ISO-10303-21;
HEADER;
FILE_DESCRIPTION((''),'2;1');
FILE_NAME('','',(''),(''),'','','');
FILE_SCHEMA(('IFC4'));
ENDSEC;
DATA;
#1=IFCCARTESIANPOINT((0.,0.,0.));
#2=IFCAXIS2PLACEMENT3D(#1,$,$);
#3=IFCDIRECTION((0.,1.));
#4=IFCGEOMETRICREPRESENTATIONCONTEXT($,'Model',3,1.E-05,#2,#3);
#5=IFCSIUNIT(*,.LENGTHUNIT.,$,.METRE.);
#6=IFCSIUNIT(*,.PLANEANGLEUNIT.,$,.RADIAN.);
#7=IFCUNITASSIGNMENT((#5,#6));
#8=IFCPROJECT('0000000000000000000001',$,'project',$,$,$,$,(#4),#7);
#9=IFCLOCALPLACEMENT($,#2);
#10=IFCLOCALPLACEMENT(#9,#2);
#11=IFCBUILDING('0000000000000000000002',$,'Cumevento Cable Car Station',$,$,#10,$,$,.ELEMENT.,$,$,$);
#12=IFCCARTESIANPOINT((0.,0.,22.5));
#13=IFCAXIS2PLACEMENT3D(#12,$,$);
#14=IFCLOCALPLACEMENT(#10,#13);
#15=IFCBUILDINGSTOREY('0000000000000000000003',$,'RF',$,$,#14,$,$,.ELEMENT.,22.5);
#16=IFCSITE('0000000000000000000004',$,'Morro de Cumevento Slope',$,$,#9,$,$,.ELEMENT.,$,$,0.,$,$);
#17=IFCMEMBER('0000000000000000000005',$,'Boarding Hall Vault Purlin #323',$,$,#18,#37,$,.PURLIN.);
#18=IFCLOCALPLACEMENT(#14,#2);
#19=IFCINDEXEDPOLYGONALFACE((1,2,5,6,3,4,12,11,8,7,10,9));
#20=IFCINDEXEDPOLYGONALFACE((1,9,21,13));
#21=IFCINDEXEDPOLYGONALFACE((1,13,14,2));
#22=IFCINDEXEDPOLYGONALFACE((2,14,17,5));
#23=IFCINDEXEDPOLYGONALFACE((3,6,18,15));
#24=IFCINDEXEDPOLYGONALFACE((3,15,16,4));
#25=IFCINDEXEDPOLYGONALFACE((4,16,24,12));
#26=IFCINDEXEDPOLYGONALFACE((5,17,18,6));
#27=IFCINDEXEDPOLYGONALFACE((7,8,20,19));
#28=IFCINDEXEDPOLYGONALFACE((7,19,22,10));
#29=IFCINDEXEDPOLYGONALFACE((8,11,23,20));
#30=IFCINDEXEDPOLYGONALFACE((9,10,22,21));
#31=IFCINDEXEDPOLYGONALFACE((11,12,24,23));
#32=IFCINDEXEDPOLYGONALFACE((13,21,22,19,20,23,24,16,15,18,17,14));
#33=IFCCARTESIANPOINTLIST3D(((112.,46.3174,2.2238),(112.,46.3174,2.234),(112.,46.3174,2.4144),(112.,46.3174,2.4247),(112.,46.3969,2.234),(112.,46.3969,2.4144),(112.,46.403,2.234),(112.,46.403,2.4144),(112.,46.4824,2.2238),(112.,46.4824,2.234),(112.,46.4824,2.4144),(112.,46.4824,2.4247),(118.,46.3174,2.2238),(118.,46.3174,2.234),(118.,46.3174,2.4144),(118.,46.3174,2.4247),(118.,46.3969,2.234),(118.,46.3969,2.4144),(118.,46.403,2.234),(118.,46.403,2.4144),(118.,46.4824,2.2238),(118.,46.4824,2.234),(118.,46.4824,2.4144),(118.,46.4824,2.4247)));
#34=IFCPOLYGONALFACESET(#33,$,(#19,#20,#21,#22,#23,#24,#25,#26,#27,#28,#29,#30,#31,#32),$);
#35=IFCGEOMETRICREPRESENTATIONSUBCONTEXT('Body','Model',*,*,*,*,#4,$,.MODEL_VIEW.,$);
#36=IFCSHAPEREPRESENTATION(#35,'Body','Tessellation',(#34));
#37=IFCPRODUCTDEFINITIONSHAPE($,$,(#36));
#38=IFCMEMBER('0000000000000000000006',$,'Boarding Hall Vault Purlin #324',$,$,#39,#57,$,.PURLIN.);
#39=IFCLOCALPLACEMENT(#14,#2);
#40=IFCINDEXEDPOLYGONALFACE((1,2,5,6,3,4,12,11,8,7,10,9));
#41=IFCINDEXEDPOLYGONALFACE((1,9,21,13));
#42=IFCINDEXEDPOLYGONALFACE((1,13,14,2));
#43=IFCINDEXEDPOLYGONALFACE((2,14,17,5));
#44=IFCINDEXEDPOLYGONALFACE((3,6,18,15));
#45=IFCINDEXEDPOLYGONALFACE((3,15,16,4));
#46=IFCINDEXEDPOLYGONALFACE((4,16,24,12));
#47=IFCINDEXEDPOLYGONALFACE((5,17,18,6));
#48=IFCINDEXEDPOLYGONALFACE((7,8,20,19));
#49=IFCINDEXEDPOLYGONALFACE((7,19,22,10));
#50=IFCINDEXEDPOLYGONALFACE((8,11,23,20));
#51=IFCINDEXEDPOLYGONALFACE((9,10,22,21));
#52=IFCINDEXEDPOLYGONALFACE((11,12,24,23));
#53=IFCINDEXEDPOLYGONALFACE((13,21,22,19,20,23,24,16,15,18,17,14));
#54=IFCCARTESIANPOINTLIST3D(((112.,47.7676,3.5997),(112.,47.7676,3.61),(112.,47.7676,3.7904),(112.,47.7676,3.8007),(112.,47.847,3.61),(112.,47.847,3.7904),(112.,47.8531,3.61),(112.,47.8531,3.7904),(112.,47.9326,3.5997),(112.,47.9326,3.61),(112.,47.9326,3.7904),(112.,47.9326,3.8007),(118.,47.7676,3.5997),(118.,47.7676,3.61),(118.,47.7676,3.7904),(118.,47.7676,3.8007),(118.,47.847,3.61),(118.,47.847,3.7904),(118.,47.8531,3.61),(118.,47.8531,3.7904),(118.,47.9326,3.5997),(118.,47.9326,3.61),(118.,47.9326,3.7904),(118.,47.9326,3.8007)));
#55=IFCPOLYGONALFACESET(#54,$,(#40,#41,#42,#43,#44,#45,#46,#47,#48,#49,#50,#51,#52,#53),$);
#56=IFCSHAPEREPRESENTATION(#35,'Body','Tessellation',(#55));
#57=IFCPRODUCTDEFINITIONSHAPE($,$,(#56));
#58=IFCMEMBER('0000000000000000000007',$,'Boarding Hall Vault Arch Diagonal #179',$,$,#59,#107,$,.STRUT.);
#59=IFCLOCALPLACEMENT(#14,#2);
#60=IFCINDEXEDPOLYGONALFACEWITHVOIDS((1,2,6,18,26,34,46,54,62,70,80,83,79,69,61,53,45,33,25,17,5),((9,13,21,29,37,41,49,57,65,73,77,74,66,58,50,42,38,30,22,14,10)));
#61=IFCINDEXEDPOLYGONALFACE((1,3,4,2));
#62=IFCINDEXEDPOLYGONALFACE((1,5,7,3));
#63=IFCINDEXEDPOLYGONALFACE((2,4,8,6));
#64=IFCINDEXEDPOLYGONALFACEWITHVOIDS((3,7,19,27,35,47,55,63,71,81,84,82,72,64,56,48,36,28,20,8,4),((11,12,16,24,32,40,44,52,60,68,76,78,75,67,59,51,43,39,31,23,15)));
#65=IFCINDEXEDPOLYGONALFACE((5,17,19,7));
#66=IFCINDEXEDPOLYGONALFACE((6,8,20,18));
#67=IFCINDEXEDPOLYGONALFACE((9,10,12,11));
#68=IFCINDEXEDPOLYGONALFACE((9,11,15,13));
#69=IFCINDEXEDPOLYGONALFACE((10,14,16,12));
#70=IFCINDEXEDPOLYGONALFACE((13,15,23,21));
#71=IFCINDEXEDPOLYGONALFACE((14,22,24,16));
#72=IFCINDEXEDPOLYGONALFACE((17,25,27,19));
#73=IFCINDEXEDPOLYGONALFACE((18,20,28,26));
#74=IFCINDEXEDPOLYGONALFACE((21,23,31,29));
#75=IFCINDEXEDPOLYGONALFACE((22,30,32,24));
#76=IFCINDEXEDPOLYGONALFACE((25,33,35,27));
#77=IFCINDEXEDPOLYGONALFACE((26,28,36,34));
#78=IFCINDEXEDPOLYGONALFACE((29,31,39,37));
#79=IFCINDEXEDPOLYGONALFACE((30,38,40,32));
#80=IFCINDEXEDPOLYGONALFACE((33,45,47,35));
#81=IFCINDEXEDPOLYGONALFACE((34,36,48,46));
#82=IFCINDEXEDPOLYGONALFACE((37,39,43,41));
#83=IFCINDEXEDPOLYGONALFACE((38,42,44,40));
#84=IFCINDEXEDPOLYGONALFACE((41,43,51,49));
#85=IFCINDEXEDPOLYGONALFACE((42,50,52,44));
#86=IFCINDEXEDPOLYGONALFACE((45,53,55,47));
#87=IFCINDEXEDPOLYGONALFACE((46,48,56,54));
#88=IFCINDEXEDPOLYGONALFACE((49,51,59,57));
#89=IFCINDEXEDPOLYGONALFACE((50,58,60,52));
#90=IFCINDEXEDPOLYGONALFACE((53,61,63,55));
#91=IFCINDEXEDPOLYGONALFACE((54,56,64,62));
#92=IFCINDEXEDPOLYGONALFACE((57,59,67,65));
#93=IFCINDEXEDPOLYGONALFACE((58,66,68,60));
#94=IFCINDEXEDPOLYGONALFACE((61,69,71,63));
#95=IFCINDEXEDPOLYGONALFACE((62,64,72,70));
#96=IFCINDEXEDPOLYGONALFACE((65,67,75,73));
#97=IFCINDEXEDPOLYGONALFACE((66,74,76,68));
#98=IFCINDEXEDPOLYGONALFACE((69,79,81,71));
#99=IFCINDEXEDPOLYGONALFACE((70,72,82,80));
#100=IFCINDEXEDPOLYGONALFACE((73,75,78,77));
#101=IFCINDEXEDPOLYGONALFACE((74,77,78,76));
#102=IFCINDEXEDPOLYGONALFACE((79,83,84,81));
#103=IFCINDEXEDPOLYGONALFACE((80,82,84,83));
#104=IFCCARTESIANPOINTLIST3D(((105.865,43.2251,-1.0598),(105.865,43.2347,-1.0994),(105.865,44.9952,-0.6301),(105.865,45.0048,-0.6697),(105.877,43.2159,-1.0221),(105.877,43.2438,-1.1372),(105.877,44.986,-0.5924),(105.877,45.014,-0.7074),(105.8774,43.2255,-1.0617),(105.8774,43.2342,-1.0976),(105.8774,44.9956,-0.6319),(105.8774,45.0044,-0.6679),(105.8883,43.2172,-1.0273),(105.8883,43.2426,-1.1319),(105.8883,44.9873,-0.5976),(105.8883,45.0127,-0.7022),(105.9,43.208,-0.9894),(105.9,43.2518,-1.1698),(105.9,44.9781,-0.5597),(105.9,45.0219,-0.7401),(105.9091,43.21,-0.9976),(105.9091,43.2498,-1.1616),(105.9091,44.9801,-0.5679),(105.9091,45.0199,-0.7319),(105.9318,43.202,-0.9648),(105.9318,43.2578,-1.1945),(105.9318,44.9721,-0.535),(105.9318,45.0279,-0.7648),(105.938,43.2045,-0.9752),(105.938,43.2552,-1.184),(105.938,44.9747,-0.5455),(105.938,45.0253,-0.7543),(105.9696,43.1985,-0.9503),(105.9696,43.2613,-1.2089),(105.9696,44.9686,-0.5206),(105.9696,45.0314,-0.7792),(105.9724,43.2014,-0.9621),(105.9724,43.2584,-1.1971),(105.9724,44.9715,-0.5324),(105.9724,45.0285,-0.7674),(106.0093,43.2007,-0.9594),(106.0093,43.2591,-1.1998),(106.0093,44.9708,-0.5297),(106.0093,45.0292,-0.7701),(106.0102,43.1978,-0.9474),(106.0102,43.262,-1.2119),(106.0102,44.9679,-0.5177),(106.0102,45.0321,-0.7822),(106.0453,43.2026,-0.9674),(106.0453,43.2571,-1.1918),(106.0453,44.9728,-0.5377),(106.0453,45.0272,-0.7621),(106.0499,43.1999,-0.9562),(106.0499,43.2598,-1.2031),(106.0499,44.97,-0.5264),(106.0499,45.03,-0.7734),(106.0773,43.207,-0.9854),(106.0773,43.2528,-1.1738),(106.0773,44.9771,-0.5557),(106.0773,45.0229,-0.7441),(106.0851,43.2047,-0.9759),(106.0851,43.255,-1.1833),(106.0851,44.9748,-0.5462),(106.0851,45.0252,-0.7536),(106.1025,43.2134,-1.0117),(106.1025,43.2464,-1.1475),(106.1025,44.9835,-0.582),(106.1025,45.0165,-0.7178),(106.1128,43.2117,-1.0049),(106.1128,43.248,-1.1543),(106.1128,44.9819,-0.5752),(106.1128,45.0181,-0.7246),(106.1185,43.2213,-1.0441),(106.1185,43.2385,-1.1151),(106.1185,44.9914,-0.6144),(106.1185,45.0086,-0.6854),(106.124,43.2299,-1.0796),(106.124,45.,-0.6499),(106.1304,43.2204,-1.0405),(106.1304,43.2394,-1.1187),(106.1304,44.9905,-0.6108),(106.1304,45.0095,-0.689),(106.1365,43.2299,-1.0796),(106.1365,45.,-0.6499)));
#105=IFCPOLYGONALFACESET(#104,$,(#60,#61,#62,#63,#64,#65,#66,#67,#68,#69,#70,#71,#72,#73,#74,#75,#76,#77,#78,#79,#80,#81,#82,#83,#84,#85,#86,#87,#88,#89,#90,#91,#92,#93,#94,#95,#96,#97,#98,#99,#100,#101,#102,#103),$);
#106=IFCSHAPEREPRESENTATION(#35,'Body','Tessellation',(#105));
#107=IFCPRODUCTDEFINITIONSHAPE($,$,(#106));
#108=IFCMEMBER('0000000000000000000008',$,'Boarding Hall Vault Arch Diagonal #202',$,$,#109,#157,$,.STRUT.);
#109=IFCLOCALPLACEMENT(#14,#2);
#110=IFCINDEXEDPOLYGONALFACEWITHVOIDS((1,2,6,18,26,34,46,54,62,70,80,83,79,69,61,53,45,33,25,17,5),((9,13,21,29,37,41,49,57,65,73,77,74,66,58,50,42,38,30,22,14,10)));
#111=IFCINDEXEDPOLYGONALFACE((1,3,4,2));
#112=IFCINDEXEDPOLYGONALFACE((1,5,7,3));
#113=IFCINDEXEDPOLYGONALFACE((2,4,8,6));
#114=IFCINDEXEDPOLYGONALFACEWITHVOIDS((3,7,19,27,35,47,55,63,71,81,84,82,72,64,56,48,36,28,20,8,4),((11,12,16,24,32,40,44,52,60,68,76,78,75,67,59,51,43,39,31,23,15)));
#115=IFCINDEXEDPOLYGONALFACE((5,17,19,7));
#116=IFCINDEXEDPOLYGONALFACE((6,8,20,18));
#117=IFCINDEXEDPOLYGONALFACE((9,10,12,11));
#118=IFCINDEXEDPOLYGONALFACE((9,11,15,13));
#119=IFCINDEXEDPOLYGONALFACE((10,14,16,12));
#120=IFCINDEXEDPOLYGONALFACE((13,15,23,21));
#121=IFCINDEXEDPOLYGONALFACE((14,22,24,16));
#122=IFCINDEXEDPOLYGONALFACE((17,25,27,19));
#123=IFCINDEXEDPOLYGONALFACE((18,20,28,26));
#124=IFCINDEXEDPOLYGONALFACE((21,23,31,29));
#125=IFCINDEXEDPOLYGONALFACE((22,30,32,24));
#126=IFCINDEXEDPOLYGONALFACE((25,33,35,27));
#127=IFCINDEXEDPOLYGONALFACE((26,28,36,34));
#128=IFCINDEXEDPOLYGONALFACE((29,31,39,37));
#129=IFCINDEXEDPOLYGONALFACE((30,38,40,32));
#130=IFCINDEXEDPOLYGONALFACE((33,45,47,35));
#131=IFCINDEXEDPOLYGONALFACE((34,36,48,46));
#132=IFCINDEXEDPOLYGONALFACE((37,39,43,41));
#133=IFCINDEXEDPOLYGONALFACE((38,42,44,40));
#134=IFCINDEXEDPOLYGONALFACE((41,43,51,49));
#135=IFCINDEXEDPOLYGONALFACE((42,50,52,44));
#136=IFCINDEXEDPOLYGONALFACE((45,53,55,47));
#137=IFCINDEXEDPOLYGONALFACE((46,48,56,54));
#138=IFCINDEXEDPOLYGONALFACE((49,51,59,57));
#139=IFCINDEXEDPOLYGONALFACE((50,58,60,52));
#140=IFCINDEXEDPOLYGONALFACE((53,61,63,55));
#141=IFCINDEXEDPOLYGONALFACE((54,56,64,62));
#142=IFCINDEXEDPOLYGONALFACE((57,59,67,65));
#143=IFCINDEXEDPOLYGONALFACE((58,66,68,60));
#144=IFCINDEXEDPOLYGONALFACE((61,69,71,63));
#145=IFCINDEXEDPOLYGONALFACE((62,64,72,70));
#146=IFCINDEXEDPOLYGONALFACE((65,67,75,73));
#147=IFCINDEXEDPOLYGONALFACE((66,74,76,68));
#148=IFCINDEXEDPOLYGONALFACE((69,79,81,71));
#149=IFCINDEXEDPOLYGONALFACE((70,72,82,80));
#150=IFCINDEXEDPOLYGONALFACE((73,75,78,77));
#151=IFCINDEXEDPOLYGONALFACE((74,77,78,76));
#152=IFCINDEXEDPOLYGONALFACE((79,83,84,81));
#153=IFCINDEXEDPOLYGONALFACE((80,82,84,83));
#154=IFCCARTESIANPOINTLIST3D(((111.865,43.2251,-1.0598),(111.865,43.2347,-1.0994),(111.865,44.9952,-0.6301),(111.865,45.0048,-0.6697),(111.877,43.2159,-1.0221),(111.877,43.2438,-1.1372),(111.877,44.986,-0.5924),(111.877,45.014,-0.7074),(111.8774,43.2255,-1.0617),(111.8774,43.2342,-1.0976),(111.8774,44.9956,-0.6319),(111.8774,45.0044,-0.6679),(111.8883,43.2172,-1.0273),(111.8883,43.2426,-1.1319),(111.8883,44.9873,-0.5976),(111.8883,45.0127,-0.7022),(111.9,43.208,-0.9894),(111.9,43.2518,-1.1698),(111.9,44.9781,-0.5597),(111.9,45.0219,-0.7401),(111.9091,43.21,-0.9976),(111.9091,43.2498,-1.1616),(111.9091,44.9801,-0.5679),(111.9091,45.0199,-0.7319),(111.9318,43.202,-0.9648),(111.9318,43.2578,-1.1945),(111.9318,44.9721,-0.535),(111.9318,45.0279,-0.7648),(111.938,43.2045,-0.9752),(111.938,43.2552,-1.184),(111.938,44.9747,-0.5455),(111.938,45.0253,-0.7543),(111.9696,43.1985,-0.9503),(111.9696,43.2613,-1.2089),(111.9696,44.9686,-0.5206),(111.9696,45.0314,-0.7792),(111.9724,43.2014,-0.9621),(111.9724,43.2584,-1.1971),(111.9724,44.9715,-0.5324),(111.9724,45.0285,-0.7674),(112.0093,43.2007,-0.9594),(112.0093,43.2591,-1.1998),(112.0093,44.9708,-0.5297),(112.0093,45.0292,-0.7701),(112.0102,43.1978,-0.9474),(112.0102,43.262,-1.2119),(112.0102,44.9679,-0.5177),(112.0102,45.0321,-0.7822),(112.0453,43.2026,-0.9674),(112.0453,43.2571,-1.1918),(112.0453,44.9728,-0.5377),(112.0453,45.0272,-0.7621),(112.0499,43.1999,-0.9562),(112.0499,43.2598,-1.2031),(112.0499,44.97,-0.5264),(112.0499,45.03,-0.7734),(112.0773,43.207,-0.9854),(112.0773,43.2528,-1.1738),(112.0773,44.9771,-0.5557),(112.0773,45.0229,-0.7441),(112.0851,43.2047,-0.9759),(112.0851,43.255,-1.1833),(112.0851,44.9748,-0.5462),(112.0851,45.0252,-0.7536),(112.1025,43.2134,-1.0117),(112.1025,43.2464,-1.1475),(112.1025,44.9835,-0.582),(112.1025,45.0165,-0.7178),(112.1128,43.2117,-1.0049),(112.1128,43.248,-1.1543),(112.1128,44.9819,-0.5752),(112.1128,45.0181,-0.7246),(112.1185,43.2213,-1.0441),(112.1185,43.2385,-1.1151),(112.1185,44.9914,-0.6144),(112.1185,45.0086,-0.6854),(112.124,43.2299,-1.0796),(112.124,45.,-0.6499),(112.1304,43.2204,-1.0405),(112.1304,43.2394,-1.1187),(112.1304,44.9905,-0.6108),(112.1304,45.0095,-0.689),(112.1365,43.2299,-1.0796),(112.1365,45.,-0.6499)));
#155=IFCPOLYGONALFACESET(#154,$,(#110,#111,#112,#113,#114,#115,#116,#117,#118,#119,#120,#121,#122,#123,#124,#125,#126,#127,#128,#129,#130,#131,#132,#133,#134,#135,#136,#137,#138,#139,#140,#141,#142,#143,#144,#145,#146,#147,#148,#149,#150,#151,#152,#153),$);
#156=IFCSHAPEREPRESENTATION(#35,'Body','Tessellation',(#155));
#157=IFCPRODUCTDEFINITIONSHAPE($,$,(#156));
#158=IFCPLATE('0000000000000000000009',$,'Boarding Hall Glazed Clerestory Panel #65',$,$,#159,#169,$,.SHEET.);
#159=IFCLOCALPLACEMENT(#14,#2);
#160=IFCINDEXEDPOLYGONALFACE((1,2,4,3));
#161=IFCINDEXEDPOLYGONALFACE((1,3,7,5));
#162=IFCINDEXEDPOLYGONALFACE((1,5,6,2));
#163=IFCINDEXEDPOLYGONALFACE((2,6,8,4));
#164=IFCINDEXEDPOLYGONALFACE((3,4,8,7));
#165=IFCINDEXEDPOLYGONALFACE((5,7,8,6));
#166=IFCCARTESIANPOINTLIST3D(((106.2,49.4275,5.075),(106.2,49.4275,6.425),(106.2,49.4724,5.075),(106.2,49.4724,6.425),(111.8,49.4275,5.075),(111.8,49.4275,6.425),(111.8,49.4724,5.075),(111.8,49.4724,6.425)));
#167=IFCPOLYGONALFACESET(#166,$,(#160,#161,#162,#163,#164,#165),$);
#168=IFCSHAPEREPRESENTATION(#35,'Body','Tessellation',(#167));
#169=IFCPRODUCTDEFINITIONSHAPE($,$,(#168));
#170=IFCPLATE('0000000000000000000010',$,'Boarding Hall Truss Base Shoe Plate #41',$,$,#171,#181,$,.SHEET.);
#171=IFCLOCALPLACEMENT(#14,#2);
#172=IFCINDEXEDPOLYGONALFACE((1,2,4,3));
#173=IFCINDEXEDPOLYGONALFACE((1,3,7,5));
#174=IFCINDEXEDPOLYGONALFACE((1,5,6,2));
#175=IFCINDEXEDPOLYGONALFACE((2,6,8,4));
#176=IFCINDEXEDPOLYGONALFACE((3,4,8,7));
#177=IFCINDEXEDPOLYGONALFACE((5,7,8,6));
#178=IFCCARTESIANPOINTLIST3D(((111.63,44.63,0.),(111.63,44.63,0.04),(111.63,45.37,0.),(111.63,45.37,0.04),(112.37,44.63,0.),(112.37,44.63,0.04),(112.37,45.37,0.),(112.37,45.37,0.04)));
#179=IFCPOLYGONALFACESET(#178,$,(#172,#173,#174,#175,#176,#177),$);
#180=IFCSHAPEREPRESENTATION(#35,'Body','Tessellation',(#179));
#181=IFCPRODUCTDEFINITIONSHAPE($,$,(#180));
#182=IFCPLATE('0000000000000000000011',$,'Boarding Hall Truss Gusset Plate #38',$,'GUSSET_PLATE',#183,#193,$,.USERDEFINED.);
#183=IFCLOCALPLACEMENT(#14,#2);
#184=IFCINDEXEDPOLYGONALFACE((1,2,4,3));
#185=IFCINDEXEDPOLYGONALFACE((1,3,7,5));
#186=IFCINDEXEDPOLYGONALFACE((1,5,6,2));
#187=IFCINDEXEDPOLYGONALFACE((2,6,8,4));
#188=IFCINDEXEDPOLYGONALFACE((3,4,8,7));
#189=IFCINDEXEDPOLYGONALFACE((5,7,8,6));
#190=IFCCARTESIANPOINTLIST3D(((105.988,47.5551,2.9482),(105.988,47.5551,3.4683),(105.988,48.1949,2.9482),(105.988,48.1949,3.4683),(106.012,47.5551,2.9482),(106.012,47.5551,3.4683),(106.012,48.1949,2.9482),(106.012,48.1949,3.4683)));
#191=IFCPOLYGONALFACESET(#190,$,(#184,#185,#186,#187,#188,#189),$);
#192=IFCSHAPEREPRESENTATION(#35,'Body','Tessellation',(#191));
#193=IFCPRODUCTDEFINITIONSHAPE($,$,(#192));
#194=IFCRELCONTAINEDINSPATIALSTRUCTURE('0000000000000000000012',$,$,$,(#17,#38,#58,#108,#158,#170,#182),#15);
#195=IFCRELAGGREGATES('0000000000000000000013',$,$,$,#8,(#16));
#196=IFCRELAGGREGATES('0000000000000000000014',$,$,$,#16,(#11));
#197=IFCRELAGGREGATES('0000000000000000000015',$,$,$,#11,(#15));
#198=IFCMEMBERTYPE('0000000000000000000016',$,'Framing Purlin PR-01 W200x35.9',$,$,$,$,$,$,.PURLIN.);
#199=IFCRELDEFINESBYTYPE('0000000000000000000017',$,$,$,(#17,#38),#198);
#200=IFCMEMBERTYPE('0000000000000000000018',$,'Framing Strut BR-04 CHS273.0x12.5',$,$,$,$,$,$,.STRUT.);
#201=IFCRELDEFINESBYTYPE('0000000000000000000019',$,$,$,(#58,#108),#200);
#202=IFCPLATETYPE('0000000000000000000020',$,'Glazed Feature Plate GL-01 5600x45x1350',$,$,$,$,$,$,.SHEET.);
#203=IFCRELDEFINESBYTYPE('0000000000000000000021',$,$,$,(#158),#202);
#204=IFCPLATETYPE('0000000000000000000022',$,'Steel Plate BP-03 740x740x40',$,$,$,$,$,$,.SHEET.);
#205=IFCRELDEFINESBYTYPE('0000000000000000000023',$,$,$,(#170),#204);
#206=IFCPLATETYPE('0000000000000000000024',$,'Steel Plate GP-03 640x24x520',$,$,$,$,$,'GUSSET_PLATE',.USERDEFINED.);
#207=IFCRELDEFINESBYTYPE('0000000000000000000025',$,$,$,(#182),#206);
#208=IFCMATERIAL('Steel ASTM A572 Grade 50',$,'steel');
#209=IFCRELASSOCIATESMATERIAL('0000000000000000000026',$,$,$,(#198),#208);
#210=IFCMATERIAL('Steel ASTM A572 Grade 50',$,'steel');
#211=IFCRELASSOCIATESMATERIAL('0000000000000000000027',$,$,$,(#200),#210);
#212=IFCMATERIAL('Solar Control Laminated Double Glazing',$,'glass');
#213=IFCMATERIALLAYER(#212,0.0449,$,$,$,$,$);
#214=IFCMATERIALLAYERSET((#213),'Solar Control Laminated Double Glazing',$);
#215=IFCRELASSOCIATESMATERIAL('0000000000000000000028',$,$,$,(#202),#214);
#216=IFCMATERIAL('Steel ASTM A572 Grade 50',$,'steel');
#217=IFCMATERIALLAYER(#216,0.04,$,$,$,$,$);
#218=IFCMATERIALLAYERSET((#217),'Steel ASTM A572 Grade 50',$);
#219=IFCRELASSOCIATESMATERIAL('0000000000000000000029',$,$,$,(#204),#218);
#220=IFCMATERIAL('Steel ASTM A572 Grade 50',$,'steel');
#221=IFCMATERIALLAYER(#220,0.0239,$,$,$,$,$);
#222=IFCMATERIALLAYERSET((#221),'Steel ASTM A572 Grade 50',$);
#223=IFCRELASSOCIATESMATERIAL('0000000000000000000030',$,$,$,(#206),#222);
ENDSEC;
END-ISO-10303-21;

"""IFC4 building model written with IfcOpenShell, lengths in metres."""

from ifc_helpers import new_model, si_unit, direction, frame, origin, origin_2d, place, context, subcontext, project, spatial, rectangle, hollow_circle, i_section, extrude, material, layer, layer_set, material_profile, profile_set, type_object, element, save


model = new_model("IFC4")

# Units and contexts
model_context = context("Model", 3, precision=1e-05, world=origin(), true_north=direction((0.0, 1.0)))
body_context = subcontext(model_context, "Body", "Model", "MODEL_VIEW")
ifc_project = project(units=[si_unit("LENGTHUNIT", "METRE"), si_unit("PLANEANGLEUNIT", "RADIAN")], contexts=[model_context])

# Site, building, storey
site_placement = place(None, origin())
site = spatial("IfcSite", under=ifc_project, at=site_placement, Name="Morro de Cumevento Slope", CompositionType="ELEMENT", RefElevation=0.0)
building_placement = place(site_placement, origin())
building = spatial("IfcBuilding", under=site, at=building_placement, Name="Cumevento Cable Car Station", CompositionType="ELEMENT")
storey_placement = place(building_placement, frame((0.0, 0.0, 22.5)))
storey = spatial("IfcBuildingStorey", under=building, at=storey_placement, Name="RF", CompositionType="ELEMENT", Elevation=22.5)

# Members
ifc_material_1 = material(Name="Steel ASTM A572 Grade 50", Category="steel")
ifc_material_profile_1 = material_profile(ifc_material_1, i_section(OverallWidth=0.165, OverallDepth=0.2009, WebThickness=0.0061, FlangeThickness=0.0103, at=origin_2d()), Name="W200x35.9")
ifc_profile_set_1 = profile_set([ifc_material_profile_1], Name="Steel ASTM A572 Grade 50")
member_type_1 = type_object("IfcMemberType", Name="Framing Purlin PR-01 W200x35.9", PredefinedType="PURLIN", material=ifc_profile_set_1)
for number, where, z_axis, x_axis, name in (
    (1, (112.0, 46.3999, 2.3242), (1.0, 0.0, 0.0), (0.0, 1.0, 0.0), "Boarding Hall Vault Purlin #323"),
    (2, (112.0, 47.8501, 3.7002), (1.0, 0.0, 0.0), (0.0, 1.0, 0.0), "Boarding Hall Vault Purlin #324"),
):
    element("IfcMember", number, at=place(storey_placement, frame(where, z_axis=z_axis, x_axis=x_axis)), inside=storey, type_object=member_type_1, Name=name, PredefinedType="PURLIN", context=body_context, shape_type="SweptSolid", body=[
        extrude(i_section(OverallWidth=0.165, OverallDepth=0.2009, WebThickness=0.0061, FlangeThickness=0.0103, at=origin_2d()), origin(), (0.0, 0.0, 1.0), 6.0),
    ])
ifc_material_2 = material(Name="Steel ASTM A572 Grade 50", Category="steel")
ifc_material_profile_2 = material_profile(ifc_material_2, hollow_circle(Radius=0.1365, WallThickness=0.0125, at=origin_2d()), Name="CHS273.0x12.5")
ifc_profile_set_2 = profile_set([ifc_material_profile_2], Name="Steel ASTM A572 Grade 50")
member_type_2 = type_object("IfcMemberType", Name="Framing Strut BR-04 CHS273.0x12.5", PredefinedType="STRUT", material=ifc_profile_set_2)
for number, where, z_axis, x_axis, name in (
    (3, (106.0, 45.0, -0.6499), (0.0, -0.971776, -0.235907), (1.0, 0.0, 0.0), "Boarding Hall Vault Arch Diagonal #179"),
    (4, (112.0, 45.0, -0.6499), (0.0, -0.971776, -0.235907), (1.0, 0.0, 0.0), "Boarding Hall Vault Arch Diagonal #202"),
):
    element("IfcMember", number, at=place(storey_placement, frame(where, z_axis=z_axis, x_axis=x_axis)), inside=storey, type_object=member_type_2, Name=name, PredefinedType="STRUT", context=body_context, shape_type="SweptSolid", body=[
        extrude(hollow_circle(Radius=0.1365, WallThickness=0.0125, at=origin_2d()), origin(), (0.0, 0.0, 1.0), 1.8215),
    ])

# Plates
ifc_material_3 = material(Name="Solar Control Laminated Double Glazing", Category="glass")
ifc_layer_1 = layer(ifc_material_3, 0.0449)
ifc_layer_set_1 = layer_set([ifc_layer_1], Name="Solar Control Laminated Double Glazing")
plate_type_1 = type_object("IfcPlateType", Name="Glazed Feature Plate GL-01 5600x45x1350", PredefinedType="SHEET", material=ifc_layer_set_1)
plate_1_placement = place(storey_placement, frame((109.0, 49.45, 5.075), z_axis=(0.0, 0.0, 1.0), x_axis=(1.0, 0.0, 0.0)))
element("IfcPlate", 5, at=plate_1_placement, inside=storey, type_object=plate_type_1, Name="Boarding Hall Glazed Clerestory Panel #65", PredefinedType="SHEET", context=body_context, shape_type="SweptSolid", body=[
    extrude(rectangle(XDim=5.6001, YDim=0.0449, at=origin_2d()), origin(), (0.0, 0.0, 1.0), 1.3501),
])
ifc_material_4 = material(Name="Steel ASTM A572 Grade 50", Category="steel")
ifc_layer_2 = layer(ifc_material_4, 0.04)
ifc_layer_set_2 = layer_set([ifc_layer_2], Name="Steel ASTM A572 Grade 50")
plate_type_2 = type_object("IfcPlateType", Name="Steel Plate BP-03 740x740x40", PredefinedType="SHEET", material=ifc_layer_set_2)
plate_2_placement = place(storey_placement, frame((112.0, 45.0, 0.0), z_axis=(0.0, 0.0, 1.0), x_axis=(1.0, 0.0, 0.0)))
element("IfcPlate", 6, at=plate_2_placement, inside=storey, type_object=plate_type_2, Name="Boarding Hall Truss Base Shoe Plate #41", PredefinedType="SHEET", context=body_context, shape_type="SweptSolid", body=[
    extrude(rectangle(XDim=0.74, YDim=0.74, at=origin_2d()), origin(), (0.0, 0.0, 1.0), 0.04),
])
ifc_material_5 = material(Name="Steel ASTM A572 Grade 50", Category="steel")
ifc_layer_3 = layer(ifc_material_5, 0.0239)
ifc_layer_set_3 = layer_set([ifc_layer_3], Name="Steel ASTM A572 Grade 50")
plate_type_3 = type_object("IfcPlateType", Name="Steel Plate GP-03 640x24x520", ElementType="GUSSET_PLATE", PredefinedType="USERDEFINED", material=ifc_layer_set_3)
plate_3_placement = place(storey_placement, frame((106.0, 47.875, 2.9482), z_axis=(0.0, 0.0, 1.0), x_axis=(0.0, 1.0, 0.0)))
element("IfcPlate", 7, at=plate_3_placement, inside=storey, type_object=plate_type_3, Name="Boarding Hall Truss Gusset Plate #38", ObjectType="GUSSET_PLATE", PredefinedType="USERDEFINED", context=body_context, shape_type="SweptSolid", body=[
    extrude(rectangle(XDim=0.6399, YDim=0.0239, at=origin_2d()), origin(), (0.0, 0.0, 1.0), 0.52),
])

save(model, "model.ifc")
